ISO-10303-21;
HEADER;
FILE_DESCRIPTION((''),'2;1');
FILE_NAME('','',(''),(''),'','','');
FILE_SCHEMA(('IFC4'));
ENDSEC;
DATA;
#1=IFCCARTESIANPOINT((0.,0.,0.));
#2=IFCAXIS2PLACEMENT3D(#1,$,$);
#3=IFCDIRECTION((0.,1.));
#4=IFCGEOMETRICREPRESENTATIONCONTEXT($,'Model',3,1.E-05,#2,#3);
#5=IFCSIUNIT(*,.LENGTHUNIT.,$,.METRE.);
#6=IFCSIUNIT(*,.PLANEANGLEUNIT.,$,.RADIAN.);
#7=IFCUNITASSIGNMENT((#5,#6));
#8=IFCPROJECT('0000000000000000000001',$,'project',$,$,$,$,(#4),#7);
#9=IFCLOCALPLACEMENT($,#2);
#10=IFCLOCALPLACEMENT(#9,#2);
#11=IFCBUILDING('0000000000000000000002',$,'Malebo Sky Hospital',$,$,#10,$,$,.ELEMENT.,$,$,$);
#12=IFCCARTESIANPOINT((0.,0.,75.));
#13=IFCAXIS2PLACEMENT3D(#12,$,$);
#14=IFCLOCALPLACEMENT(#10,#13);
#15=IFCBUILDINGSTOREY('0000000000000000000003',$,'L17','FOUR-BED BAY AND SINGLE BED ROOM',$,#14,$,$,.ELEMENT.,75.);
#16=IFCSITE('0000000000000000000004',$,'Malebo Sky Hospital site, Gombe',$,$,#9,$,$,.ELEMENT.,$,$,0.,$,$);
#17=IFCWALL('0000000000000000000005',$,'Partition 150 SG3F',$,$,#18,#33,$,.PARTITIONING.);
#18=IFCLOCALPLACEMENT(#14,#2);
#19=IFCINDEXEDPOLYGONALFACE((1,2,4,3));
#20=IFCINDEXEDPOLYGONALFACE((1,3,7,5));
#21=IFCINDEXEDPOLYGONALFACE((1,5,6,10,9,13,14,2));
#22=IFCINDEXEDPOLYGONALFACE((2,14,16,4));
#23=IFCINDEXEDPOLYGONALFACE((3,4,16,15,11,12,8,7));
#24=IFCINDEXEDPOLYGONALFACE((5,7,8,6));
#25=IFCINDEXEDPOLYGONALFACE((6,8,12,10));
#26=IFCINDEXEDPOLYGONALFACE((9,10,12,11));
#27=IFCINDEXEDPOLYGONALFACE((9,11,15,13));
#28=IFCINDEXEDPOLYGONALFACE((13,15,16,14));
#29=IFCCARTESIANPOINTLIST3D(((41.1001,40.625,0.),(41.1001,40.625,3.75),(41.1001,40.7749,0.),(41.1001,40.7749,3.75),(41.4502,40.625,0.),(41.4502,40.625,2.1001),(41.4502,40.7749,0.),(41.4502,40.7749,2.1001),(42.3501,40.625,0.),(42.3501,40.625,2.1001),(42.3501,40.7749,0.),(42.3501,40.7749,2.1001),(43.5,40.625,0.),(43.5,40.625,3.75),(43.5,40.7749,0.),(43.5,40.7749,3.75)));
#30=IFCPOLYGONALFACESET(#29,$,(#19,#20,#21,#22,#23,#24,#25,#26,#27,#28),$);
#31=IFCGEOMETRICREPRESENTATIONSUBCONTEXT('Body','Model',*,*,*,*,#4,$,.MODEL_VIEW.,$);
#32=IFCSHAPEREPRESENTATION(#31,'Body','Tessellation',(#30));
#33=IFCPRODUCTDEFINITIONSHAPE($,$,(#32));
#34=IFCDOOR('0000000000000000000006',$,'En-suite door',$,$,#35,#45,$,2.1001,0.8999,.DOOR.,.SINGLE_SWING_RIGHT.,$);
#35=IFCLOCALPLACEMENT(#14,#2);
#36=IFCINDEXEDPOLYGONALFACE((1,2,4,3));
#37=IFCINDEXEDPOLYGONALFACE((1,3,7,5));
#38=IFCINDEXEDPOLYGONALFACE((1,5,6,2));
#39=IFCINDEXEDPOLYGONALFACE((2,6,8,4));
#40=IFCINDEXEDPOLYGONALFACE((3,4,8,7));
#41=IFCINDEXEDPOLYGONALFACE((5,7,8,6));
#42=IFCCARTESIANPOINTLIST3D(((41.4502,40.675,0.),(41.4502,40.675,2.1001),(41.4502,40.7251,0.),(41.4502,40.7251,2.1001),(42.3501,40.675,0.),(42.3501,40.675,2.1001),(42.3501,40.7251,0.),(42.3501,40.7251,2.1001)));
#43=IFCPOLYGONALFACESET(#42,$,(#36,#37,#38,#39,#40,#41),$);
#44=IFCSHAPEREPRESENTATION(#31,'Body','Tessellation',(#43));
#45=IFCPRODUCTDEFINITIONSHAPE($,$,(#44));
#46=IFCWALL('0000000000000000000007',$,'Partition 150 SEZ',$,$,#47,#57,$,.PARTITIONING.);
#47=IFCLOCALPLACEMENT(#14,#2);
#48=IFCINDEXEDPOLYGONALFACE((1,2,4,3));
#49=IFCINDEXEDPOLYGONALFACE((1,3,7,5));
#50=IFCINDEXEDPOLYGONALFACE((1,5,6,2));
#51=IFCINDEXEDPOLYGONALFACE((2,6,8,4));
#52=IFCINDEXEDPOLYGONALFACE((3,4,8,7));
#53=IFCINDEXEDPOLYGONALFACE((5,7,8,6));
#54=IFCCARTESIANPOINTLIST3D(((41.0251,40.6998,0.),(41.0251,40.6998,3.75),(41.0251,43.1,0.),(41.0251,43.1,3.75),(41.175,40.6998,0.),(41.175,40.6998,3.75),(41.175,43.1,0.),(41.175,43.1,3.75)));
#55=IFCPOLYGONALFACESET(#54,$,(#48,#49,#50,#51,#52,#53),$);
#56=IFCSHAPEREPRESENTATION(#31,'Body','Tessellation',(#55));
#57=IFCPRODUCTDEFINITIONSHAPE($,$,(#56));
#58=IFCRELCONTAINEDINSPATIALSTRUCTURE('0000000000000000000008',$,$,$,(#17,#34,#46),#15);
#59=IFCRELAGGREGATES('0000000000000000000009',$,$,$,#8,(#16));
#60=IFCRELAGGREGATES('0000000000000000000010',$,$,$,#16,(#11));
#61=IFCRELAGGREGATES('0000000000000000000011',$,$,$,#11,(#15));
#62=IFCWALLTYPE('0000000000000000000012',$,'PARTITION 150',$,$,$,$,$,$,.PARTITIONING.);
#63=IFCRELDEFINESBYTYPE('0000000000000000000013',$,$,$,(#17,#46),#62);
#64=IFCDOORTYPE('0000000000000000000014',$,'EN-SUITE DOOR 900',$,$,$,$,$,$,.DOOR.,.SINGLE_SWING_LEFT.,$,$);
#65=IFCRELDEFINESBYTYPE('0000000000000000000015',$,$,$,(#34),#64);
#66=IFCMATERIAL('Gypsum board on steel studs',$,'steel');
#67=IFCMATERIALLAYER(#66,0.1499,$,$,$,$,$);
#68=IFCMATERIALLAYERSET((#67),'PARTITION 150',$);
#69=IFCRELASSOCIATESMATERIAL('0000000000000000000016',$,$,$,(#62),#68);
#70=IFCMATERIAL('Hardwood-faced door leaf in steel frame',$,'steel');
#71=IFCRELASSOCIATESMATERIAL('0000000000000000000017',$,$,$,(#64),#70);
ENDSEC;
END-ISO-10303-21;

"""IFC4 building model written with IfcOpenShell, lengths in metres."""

from ifc_helpers import new_model, si_unit, direction, frame, frame_2d, origin, place, context, subcontext, project, spatial, rectangle, extrude, material, layer, layer_set, type_object, element, fill, save


model = new_model("IFC4")

# Units and contexts
model_context = context("Model", 3, precision=1e-05, world=origin(), true_north=direction((0.0, 1.0)))
body_context = subcontext(model_context, "Body", "Model", "MODEL_VIEW")
ifc_project = project(units=[si_unit("LENGTHUNIT", "METRE"), si_unit("PLANEANGLEUNIT", "RADIAN")], contexts=[model_context])

# Site, building, storey
site_placement = place(None, origin())
site = spatial("IfcSite", under=ifc_project, at=site_placement, Name="Malebo Sky Hospital site, Gombe", CompositionType="ELEMENT", RefElevation=0.0)
building_placement = place(site_placement, origin())
building = spatial("IfcBuilding", under=site, at=building_placement, Name="Malebo Sky Hospital", CompositionType="ELEMENT")
storey_placement = place(building_placement, frame((0.0, 0.0, 75.0)))
storey = spatial("IfcBuildingStorey", under=building, at=storey_placement, Name="L17", Description="FOUR-BED BAY AND SINGLE BED ROOM", CompositionType="ELEMENT", Elevation=75.0)

# Shared definitions
ifc_material_1 = material(Name="Gypsum board on steel studs", Category="steel")
ifc_material_2 = material(Name="Hardwood-faced door leaf in steel frame", Category="steel")

# Shared definitions
ifc_layer_1 = layer(ifc_material_1, 0.1499)
ifc_layer_set_1 = layer_set([ifc_layer_1], Name="PARTITION 150")
wall_type_1 = type_object("IfcWallType", Name="PARTITION 150", PredefinedType="PARTITIONING", material=ifc_layer_set_1)

# Wall, opening, door
wall_1_placement = place(storey_placement, frame((43.5, 40.7, 0.0), z_axis=(0.0, 0.0, 1.0), x_axis=(-1.0, 0.0, 0.0)))
wall_1 = element("IfcWall", 1, at=wall_1_placement, inside=storey, type_object=wall_type_1, Name="Partition 150 SG3F", PredefinedType="PARTITIONING", context=body_context, shape_type="SweptSolid", body=[
    extrude(rectangle(XDim=2.3999, YDim=0.1499, at=frame_2d((1.2, 0.0))), origin(), (0.0, 0.0, 1.0), 3.75),
])
opening_1_placement = place(wall_1_placement, frame((1.1499, 0.0, 0.0)))
opening_1 = element("IfcOpeningElement", 2, at=opening_1_placement, cuts=wall_1, PredefinedType="OPENING", context=body_context, shape_type="SweptSolid", body=[
    extrude(rectangle(XDim=0.8999, YDim=2.1001, at=frame_2d((0.45, 1.05))), frame((0.0, 0.085, 0.0), z_axis=(0.0, -1.0, 0.0), x_axis=(1.0, 0.0, 0.0)), (0.0, 0.0, 1.0), 0.1699),
])
door_type_1 = type_object("IfcDoorType", Name="EN-SUITE DOOR 900", OperationType="SINGLE_SWING_LEFT", PredefinedType="DOOR", material=ifc_material_2)
door_1_placement = place(opening_1_placement, origin())
door_1 = element("IfcDoor", 3, at=door_1_placement, inside=storey, type_object=door_type_1, Name="En-suite door", OperationType="SINGLE_SWING_RIGHT", OverallHeight=2.1001, OverallWidth=0.8999, PredefinedType="DOOR", context=body_context, shape_type="SweptSolid", body=[
    extrude(rectangle(XDim=0.8999, YDim=2.1001, at=frame_2d((0.45, 1.05))), frame((0.0, 0.0249, 0.0), z_axis=(0.0, -1.0, 0.0), x_axis=(1.0, 0.0, 0.0)), (0.0, 0.0, 1.0), 0.05),
])
fill(opening_1, door_1)

# Wall
wall_2_placement = place(storey_placement, frame((41.1001, 43.1001, 0.0), z_axis=(0.0, 0.0, 1.0), x_axis=(0.0, -1.0, 0.0)))
element("IfcWall", 4, at=wall_2_placement, inside=storey, type_object=wall_type_1, Name="Partition 150 SEZ", PredefinedType="PARTITIONING", context=body_context, shape_type="SweptSolid", body=[
    extrude(rectangle(XDim=2.4001, YDim=0.1499, at=frame_2d((1.2002, 0.0))), origin(), (0.0, 0.0, 1.0), 3.75),
])

save(model, "model.ifc")
